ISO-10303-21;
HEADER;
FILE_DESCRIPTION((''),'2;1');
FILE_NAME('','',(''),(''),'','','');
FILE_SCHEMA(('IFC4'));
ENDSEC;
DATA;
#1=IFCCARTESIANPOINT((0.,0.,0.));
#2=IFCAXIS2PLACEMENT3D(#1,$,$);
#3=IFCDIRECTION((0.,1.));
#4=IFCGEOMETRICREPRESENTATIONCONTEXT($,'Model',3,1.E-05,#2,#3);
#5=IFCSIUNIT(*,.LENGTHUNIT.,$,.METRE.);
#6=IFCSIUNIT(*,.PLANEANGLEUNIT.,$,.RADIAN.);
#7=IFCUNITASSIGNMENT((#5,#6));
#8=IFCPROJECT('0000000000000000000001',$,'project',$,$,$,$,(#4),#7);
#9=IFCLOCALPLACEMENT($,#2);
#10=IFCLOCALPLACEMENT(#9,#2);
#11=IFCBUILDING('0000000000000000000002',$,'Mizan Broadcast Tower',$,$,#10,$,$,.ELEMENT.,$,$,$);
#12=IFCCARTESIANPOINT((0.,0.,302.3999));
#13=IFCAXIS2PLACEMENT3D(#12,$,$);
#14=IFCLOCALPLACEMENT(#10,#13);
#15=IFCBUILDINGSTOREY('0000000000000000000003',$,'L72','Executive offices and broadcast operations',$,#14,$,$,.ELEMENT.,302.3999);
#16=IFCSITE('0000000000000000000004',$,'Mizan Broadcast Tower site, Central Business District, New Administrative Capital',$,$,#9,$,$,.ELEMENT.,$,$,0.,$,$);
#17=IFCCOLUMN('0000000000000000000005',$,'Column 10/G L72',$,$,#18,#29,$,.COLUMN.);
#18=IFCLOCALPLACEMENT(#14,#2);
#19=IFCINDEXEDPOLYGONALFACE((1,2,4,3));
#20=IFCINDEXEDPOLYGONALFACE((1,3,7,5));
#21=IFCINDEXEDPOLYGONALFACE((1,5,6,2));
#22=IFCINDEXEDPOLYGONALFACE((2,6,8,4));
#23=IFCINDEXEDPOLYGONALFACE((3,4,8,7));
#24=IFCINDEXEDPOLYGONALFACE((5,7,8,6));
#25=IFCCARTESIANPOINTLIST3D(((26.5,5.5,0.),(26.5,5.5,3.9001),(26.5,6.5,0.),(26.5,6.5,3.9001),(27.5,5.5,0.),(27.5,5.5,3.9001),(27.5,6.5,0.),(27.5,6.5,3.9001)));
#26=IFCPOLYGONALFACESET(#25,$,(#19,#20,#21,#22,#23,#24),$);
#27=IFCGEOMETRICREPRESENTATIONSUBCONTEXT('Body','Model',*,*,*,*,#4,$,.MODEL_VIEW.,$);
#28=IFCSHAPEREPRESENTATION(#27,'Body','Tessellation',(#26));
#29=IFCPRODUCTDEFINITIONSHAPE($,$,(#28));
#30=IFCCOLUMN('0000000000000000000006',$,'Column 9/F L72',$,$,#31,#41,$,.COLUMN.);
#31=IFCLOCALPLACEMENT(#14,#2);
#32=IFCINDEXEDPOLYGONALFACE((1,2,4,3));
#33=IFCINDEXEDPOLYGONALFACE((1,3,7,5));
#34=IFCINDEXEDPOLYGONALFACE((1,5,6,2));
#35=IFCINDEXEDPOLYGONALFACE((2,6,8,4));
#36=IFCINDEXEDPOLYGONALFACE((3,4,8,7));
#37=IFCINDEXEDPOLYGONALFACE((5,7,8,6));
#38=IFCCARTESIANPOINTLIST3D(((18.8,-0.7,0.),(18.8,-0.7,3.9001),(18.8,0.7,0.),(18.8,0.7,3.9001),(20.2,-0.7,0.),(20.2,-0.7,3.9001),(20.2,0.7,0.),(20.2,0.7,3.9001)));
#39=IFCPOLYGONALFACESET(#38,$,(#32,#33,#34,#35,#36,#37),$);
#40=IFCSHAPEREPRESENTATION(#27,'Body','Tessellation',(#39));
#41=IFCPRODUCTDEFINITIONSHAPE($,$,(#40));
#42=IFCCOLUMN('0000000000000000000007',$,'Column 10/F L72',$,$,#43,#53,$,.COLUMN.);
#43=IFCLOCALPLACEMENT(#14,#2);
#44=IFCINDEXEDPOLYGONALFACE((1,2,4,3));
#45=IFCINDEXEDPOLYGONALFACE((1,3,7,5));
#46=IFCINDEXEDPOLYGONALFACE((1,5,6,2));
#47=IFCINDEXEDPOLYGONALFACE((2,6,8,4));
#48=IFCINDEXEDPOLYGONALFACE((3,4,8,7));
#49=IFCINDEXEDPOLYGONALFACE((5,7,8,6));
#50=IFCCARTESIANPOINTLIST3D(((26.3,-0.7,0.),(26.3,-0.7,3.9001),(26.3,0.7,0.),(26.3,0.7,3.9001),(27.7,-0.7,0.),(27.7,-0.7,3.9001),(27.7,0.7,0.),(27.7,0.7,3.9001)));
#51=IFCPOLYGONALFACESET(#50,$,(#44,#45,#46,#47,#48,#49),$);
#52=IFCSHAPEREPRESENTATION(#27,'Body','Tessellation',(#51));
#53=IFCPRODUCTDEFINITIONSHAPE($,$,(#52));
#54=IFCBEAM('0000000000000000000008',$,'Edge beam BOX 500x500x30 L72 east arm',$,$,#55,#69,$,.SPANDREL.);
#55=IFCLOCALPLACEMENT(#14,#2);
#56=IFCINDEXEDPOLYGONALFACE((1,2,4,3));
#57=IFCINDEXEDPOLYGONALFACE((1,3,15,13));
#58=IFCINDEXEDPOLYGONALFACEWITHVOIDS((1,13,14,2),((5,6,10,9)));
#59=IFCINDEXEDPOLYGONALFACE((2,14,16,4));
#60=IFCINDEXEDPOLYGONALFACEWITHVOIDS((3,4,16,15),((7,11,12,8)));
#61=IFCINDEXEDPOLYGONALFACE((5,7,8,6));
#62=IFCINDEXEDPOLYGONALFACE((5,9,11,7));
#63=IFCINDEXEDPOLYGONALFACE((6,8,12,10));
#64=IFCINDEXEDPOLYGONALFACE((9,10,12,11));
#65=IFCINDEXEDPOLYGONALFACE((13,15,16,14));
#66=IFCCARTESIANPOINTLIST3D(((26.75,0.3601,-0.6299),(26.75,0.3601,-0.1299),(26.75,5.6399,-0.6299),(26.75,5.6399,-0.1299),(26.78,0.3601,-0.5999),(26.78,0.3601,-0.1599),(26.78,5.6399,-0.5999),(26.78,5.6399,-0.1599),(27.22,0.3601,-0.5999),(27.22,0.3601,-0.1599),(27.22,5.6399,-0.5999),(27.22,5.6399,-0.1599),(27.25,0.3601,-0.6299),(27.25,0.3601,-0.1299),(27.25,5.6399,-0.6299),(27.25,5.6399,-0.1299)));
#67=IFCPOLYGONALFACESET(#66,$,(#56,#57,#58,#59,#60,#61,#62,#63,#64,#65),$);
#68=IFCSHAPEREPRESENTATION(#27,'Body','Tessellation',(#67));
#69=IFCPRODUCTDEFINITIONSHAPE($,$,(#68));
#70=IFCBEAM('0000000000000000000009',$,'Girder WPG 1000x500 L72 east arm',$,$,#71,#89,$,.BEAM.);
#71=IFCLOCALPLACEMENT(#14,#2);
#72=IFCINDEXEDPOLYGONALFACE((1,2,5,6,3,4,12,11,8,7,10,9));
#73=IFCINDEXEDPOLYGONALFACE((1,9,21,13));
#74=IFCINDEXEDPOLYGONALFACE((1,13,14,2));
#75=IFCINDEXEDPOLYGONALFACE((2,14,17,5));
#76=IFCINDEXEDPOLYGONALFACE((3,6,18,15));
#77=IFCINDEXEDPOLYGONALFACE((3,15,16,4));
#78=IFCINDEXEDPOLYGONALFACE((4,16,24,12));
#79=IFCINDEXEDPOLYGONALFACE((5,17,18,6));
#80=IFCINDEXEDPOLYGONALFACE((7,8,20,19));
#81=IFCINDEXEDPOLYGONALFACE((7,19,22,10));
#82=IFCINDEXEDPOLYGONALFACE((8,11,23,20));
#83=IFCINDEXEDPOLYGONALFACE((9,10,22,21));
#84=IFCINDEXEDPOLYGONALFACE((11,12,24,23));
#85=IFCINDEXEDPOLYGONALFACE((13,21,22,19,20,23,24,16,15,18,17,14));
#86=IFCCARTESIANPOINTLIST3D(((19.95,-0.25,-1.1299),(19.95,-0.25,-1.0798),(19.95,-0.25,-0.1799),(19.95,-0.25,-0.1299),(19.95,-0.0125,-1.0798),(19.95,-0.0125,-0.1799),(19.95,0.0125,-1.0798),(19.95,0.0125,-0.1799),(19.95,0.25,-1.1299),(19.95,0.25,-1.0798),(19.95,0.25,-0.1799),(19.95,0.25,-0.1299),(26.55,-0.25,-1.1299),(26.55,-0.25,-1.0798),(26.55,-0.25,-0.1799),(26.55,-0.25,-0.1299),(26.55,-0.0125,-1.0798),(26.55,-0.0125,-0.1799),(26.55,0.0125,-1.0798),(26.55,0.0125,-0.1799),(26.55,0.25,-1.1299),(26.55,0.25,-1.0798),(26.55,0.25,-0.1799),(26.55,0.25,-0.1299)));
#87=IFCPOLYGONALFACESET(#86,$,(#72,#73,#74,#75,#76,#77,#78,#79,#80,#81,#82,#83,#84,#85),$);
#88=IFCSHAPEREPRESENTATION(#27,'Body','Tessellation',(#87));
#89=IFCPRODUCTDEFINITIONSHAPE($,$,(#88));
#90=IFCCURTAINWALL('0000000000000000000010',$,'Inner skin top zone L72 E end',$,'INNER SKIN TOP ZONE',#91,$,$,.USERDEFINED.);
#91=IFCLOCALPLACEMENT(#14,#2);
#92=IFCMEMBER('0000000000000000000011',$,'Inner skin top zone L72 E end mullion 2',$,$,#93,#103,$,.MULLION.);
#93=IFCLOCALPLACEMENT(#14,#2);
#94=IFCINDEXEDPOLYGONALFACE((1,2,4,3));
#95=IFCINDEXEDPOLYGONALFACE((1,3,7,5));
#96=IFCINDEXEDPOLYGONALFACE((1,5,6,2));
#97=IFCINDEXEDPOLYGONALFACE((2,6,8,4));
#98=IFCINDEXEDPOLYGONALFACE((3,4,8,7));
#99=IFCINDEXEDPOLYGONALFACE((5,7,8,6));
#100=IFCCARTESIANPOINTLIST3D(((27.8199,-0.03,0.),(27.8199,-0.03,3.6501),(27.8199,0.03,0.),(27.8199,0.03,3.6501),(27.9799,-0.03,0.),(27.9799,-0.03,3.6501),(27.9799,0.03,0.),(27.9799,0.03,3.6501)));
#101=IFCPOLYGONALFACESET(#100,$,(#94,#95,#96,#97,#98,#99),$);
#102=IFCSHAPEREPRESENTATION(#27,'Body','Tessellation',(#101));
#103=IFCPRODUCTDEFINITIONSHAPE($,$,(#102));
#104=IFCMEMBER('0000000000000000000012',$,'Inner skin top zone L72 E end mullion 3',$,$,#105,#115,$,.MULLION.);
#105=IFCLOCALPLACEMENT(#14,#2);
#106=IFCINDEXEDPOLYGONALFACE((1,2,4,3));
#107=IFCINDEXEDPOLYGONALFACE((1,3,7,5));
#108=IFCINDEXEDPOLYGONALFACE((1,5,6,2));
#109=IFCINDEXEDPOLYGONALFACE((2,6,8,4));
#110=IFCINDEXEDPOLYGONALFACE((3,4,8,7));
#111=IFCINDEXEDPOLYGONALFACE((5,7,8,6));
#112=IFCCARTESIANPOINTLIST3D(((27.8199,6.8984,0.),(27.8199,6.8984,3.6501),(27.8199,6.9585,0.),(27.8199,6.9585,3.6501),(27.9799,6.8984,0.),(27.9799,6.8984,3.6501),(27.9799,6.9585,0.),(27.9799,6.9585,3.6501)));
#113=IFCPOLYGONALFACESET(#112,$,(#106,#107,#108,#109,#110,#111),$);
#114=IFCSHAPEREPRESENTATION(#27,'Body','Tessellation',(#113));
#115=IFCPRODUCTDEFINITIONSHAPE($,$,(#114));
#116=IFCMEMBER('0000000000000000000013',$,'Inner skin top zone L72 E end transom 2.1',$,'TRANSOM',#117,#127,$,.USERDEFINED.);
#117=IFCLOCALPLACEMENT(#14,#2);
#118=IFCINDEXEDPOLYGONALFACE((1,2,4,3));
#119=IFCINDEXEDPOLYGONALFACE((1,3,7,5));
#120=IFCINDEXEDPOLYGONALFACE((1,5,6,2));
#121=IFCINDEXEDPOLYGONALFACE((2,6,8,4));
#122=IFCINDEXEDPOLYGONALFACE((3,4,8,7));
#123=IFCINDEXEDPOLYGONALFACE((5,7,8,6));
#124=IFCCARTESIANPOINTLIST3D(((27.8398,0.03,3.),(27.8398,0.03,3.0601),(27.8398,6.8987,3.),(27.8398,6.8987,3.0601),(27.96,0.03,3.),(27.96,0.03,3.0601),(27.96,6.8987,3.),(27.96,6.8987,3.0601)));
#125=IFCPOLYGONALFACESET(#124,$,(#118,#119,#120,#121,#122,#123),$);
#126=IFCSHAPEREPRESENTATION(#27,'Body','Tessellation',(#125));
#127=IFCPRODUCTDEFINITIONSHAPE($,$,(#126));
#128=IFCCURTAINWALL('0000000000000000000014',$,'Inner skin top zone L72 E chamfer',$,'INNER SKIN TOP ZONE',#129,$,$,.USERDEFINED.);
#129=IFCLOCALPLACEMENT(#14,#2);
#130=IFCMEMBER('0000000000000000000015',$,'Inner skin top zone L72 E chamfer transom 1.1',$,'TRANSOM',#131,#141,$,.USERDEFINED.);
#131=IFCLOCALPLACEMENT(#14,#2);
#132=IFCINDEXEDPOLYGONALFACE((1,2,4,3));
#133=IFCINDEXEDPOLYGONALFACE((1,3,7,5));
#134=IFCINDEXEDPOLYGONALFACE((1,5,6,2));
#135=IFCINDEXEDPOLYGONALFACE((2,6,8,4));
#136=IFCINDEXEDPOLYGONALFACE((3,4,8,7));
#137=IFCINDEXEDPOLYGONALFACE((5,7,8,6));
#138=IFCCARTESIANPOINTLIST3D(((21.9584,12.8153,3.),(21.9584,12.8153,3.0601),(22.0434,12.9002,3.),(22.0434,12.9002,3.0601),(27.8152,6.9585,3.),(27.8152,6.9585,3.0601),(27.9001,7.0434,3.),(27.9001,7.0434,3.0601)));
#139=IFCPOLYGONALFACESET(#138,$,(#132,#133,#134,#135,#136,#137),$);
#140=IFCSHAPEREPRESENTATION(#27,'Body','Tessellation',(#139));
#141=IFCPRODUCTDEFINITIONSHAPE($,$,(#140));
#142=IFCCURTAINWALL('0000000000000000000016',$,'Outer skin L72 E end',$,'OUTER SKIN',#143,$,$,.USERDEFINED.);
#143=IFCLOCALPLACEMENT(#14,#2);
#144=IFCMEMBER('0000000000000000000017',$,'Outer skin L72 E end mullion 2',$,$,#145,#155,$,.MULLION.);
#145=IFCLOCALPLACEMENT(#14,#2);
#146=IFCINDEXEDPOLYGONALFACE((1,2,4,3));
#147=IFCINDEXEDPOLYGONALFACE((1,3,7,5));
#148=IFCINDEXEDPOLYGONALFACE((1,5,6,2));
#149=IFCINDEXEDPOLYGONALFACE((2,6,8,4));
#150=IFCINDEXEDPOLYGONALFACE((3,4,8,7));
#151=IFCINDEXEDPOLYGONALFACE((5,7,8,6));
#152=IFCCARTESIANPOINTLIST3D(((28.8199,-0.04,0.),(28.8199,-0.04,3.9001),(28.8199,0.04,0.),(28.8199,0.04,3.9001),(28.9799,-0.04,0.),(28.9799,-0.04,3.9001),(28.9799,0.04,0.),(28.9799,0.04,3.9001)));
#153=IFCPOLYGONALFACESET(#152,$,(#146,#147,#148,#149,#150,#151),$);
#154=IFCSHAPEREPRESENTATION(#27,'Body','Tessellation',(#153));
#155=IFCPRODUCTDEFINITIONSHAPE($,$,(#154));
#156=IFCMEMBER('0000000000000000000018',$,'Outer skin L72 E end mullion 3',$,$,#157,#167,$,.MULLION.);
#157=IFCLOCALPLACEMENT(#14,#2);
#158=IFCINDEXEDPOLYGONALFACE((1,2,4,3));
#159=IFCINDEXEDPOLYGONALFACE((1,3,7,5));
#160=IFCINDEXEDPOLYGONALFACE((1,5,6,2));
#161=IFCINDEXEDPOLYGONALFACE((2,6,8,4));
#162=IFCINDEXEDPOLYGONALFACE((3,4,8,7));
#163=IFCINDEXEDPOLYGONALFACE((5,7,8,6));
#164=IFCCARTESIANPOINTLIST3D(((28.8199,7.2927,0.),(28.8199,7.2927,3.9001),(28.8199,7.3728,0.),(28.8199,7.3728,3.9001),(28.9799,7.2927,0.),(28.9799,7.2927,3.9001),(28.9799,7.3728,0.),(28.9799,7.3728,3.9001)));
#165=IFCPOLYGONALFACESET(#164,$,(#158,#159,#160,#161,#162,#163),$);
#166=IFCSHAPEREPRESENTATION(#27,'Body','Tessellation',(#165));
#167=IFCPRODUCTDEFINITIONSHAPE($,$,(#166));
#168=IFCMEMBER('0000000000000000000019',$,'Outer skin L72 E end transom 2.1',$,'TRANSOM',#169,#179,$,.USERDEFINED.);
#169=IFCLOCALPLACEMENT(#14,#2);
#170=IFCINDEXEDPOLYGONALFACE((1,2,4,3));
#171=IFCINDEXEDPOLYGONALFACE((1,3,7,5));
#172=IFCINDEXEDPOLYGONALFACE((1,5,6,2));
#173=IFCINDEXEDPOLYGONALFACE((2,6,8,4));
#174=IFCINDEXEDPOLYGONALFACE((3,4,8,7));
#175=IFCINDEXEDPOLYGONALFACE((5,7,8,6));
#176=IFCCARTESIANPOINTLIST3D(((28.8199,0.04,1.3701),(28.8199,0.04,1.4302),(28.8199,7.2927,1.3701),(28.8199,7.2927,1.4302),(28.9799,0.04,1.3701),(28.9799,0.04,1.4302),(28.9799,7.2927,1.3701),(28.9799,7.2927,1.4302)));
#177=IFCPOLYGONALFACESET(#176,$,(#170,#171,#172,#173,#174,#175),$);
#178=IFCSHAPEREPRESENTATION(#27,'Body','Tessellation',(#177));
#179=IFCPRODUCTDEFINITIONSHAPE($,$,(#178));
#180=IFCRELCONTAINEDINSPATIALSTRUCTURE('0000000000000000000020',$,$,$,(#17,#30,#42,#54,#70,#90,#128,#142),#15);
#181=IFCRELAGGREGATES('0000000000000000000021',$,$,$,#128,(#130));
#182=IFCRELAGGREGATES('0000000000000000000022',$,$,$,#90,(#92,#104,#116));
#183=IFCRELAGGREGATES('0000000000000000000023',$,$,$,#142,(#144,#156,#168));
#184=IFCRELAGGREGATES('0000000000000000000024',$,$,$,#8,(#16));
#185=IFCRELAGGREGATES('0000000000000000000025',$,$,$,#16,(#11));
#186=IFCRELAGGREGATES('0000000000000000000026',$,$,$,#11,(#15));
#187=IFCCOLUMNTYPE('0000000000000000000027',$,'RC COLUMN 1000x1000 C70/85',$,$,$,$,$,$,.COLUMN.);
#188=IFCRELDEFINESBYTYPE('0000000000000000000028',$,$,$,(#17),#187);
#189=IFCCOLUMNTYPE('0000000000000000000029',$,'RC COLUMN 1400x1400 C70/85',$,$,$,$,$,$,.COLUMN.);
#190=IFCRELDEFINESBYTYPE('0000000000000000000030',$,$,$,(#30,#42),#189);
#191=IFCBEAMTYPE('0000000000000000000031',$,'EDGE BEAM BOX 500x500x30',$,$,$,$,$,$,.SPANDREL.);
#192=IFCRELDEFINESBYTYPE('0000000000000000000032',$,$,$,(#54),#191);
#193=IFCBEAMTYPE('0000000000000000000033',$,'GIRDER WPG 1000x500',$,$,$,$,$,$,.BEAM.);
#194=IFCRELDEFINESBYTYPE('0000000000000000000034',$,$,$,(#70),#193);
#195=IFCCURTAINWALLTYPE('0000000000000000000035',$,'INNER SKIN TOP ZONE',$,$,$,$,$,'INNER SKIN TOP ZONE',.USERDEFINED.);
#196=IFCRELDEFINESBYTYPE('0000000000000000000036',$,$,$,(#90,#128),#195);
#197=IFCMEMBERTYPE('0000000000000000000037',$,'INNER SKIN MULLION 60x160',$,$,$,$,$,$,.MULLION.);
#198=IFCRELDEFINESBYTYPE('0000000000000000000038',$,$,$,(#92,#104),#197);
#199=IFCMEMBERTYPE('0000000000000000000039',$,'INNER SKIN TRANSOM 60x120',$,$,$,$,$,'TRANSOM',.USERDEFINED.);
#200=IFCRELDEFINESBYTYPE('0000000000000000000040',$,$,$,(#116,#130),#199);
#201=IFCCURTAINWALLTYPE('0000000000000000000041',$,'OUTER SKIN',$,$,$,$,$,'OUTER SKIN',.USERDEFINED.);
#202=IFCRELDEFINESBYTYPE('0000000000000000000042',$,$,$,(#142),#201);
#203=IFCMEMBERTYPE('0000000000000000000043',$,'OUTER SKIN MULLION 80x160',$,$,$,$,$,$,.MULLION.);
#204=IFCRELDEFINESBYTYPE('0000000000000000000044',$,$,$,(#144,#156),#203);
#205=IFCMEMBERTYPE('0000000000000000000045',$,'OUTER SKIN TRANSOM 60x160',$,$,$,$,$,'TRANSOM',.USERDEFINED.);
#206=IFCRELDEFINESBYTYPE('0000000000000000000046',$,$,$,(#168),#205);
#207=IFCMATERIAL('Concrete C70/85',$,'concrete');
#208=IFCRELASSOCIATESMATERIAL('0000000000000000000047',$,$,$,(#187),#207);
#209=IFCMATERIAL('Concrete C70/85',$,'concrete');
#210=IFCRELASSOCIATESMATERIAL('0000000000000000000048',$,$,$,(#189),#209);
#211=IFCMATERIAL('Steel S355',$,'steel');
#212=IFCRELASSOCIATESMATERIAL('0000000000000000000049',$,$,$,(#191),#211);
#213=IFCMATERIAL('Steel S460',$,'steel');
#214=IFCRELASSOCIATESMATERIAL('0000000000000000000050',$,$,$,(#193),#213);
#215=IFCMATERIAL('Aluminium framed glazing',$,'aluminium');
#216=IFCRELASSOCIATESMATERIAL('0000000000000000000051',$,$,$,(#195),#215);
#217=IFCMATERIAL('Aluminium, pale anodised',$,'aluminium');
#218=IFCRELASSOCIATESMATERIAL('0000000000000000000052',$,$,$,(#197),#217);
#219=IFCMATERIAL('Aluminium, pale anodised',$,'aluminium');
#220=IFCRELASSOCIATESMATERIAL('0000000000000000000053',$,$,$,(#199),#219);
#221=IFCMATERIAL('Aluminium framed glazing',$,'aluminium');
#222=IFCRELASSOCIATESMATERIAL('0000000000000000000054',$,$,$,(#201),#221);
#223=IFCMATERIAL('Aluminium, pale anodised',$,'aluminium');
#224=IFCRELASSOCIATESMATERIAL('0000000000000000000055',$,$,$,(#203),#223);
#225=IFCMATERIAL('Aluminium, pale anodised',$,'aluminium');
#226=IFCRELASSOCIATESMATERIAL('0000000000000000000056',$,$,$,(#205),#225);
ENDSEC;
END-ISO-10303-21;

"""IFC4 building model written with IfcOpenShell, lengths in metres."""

from ifc_helpers import new_model, si_unit, direction, frame, origin, origin_2d, place, context, subcontext, project, spatial, rectangle, hollow_rectangle, i_section, extrude, material, material_profile, profile_set, type_object, element, aggregate, save


model = new_model("IFC4")

# Units and contexts
model_context = context("Model", 3, precision=1e-05, world=origin(), true_north=direction((0.0, 1.0)))
body_context = subcontext(model_context, "Body", "Model", "MODEL_VIEW")
ifc_project = project(units=[si_unit("LENGTHUNIT", "METRE"), si_unit("PLANEANGLEUNIT", "RADIAN")], contexts=[model_context])

# Site, building, storey
site_placement = place(None, origin())
site = spatial("IfcSite", under=ifc_project, at=site_placement, Name="Mizan Broadcast Tower site, Central Business District, New Administrative Capital", CompositionType="ELEMENT", RefElevation=0.0)
building_placement = place(site_placement, origin())
building = spatial("IfcBuilding", under=site, at=building_placement, Name="Mizan Broadcast Tower", CompositionType="ELEMENT")
storey_placement = place(building_placement, frame((0.0, 0.0, 302.3999)))
storey = spatial("IfcBuildingStorey", under=building, at=storey_placement, Name="L72", Description="Executive offices and broadcast operations", CompositionType="ELEMENT", Elevation=302.3999)

# Columns
ifc_material_1 = material(Name="Concrete C70/85", Category="concrete")
ifc_material_profile_1 = material_profile(ifc_material_1, rectangle(XDim=1.0, YDim=1.0, at=origin_2d()), Name="RC 1000x1000")
ifc_profile_set_1 = profile_set([ifc_material_profile_1], Name="Concrete C70/85")
column_type_1 = type_object("IfcColumnType", Name="RC COLUMN 1000x1000 C70/85", PredefinedType="COLUMN", material=ifc_profile_set_1)
column_placement = place(storey_placement, frame((27.0, 6.0, 0.0), z_axis=(0.0, 0.0, 1.0), x_axis=(1.0, 0.0, 0.0)))
element("IfcColumn", 1, at=column_placement, inside=storey, type_object=column_type_1, Name="Column 10/G L72", PredefinedType="COLUMN", context=body_context, shape_type="SweptSolid", body=[
    extrude(rectangle(XDim=1.0, YDim=1.0, at=origin_2d()), origin(), (0.0, 0.0, 1.0), 3.9001),
])
ifc_material_2 = material(Name="Concrete C70/85", Category="concrete")
ifc_material_profile_2 = material_profile(ifc_material_2, rectangle(XDim=1.3999, YDim=1.3999, at=origin_2d()), Name="RC 1400x1400")
ifc_profile_set_2 = profile_set([ifc_material_profile_2], Name="Concrete C70/85")
column_type_2 = type_object("IfcColumnType", Name="RC COLUMN 1400x1400 C70/85", PredefinedType="COLUMN", material=ifc_profile_set_2)
for number, where, z_axis, x_axis, name in (
    (2, (19.5, 0.0, 0.0), (0.0, 0.0, 1.0), (1.0, 0.0, 0.0), "Column 9/F L72"),
    (3, (27.0, 0.0, 0.0), (0.0, 0.0, 1.0), (1.0, 0.0, 0.0), "Column 10/F L72"),
):
    element("IfcColumn", number, at=place(storey_placement, frame(where, z_axis=z_axis, x_axis=x_axis)), inside=storey, type_object=column_type_2, Name=name, PredefinedType="COLUMN", context=body_context, shape_type="SweptSolid", body=[
        extrude(rectangle(XDim=1.3999, YDim=1.3999, at=origin_2d()), origin(), (0.0, 0.0, 1.0), 3.9001),
    ])

# Beams
ifc_material_3 = material(Name="Steel S355", Category="steel")
ifc_material_profile_3 = material_profile(ifc_material_3, hollow_rectangle(XDim=0.5, YDim=0.5, WallThickness=0.03, at=origin_2d()), Name="BOX 500x500x30")
ifc_profile_set_3 = profile_set([ifc_material_profile_3], Name="Steel S355")
beam_type_1 = type_object("IfcBeamType", Name="EDGE BEAM BOX 500x500x30", PredefinedType="SPANDREL", material=ifc_profile_set_3)
beam_1_placement = place(storey_placement, frame((27.0, 5.6399, -0.3799), z_axis=(0.0, -1.0, 0.0), x_axis=(1.0, 0.0, 0.0)))
element("IfcBeam", 4, at=beam_1_placement, inside=storey, type_object=beam_type_1, Name="Edge beam BOX 500x500x30 L72 east arm", PredefinedType="SPANDREL", context=body_context, shape_type="SweptSolid", body=[
    extrude(hollow_rectangle(XDim=0.5, YDim=0.5, WallThickness=0.03, at=origin_2d()), origin(), (0.0, 0.0, 1.0), 5.2798),
])
ifc_material_4 = material(Name="Steel S460", Category="steel")
ifc_material_profile_4 = material_profile(ifc_material_4, i_section(OverallWidth=0.5, OverallDepth=1.0, WebThickness=0.0249, FlangeThickness=0.05, at=origin_2d()), Name="WPG 1000x500")
ifc_profile_set_4 = profile_set([ifc_material_profile_4], Name="Steel S460")
beam_type_2 = type_object("IfcBeamType", Name="GIRDER WPG 1000x500", PredefinedType="BEAM", material=ifc_profile_set_4)
beam_2_placement = place(storey_placement, frame((19.95, 0.0, -0.6299), z_axis=(1.0, 0.0, 0.0), x_axis=(0.0, 1.0, 0.0)))
element("IfcBeam", 5, at=beam_2_placement, inside=storey, type_object=beam_type_2, Name="Girder WPG 1000x500 L72 east arm", PredefinedType="BEAM", context=body_context, shape_type="SweptSolid", body=[
    extrude(i_section(OverallWidth=0.5, OverallDepth=1.0, WebThickness=0.0249, FlangeThickness=0.05, at=origin_2d()), origin(), (0.0, 0.0, 1.0), 6.6001),
])

# Curtain wall, members
ifc_material_5 = material(Name="Aluminium framed glazing", Category="aluminium")
curtain_wall_type_1 = type_object("IfcCurtainWallType", Name="INNER SKIN TOP ZONE", ElementType="INNER SKIN TOP ZONE", PredefinedType="USERDEFINED", material=ifc_material_5)
curtain_wall_1_placement = place(storey_placement, origin())
curtain_wall_1 = element("IfcCurtainWall", 6, at=curtain_wall_1_placement, inside=storey, type_object=curtain_wall_type_1, Name="Inner skin top zone L72 E end", ObjectType="INNER SKIN TOP ZONE", PredefinedType="USERDEFINED")
ifc_material_6 = material(Name="Aluminium, pale anodised", Category="aluminium")
ifc_material_profile_5 = material_profile(ifc_material_6, rectangle(XDim=0.1599, YDim=0.0601, at=origin_2d()), Name="MULLION 160x60")
ifc_profile_set_5 = profile_set([ifc_material_profile_5], Name="Aluminium, pale anodised")
member_type_1 = type_object("IfcMemberType", Name="INNER SKIN MULLION 60x160", PredefinedType="MULLION", material=ifc_profile_set_5)
member_1_placement = place(storey_placement, frame((27.8999, 0.0, 0.0), z_axis=(0.0, 0.0, 1.0), x_axis=(-1.0, 0.0, 0.0)))
member_1 = element("IfcMember", 7, at=member_1_placement, type_object=member_type_1, Name="Inner skin top zone L72 E end mullion 2", PredefinedType="MULLION", context=body_context, shape_type="SweptSolid", body=[
    extrude(rectangle(XDim=0.1599, YDim=0.0601, at=origin_2d()), origin(), (0.0, 0.0, 1.0), 3.6501),
])
member_2_placement = place(storey_placement, frame((27.8999, 6.9285, 0.0), z_axis=(0.0, 0.0, 1.0), x_axis=(-1.0, 0.0, 0.0)))
member_2 = element("IfcMember", 8, at=member_2_placement, type_object=member_type_1, Name="Inner skin top zone L72 E end mullion 3", PredefinedType="MULLION", context=body_context, shape_type="SweptSolid", body=[
    extrude(rectangle(XDim=0.1599, YDim=0.0601, at=origin_2d()), origin(), (0.0, 0.0, 1.0), 3.6501),
])
ifc_material_7 = material(Name="Aluminium, pale anodised", Category="aluminium")
ifc_material_profile_6 = material_profile(ifc_material_7, rectangle(XDim=0.1201, YDim=0.0601, at=origin_2d()), Name="TRANSOM 120x60")
ifc_profile_set_6 = profile_set([ifc_material_profile_6], Name="Aluminium, pale anodised")
member_type_2 = type_object("IfcMemberType", Name="INNER SKIN TRANSOM 60x120", ElementType="TRANSOM", PredefinedType="USERDEFINED", material=ifc_profile_set_6)
member_3_placement = place(storey_placement, frame((27.8999, 0.03, 3.03), z_axis=(0.0, 1.0, 0.0), x_axis=(-1.0, 0.0, 0.0)))
member_3 = element("IfcMember", 9, at=member_3_placement, type_object=member_type_2, Name="Inner skin top zone L72 E end transom 2.1", ObjectType="TRANSOM", PredefinedType="USERDEFINED", context=body_context, shape_type="SweptSolid", body=[
    extrude(rectangle(XDim=0.1201, YDim=0.0601, at=origin_2d()), origin(), (0.0, 0.0, 1.0), 6.8687),
])

# Curtain wall, member
curtain_wall_2_placement = place(storey_placement, origin())
curtain_wall_2 = element("IfcCurtainWall", 10, at=curtain_wall_2_placement, inside=storey, type_object=curtain_wall_type_1, Name="Inner skin top zone L72 E chamfer", ObjectType="INNER SKIN TOP ZONE", PredefinedType="USERDEFINED")
member_4_placement = place(storey_placement, frame((27.8577, 7.001, 3.03), z_axis=(-0.707107, 0.707107, 0.0), x_axis=(-0.707107, -0.707107, 0.0)))
member_4 = element("IfcMember", 11, at=member_4_placement, type_object=member_type_2, Name="Inner skin top zone L72 E chamfer transom 1.1", ObjectType="TRANSOM", PredefinedType="USERDEFINED", context=body_context, shape_type="SweptSolid", body=[
    extrude(rectangle(XDim=0.1201, YDim=0.0601, at=origin_2d()), origin(), (0.0, 0.0, 1.0), 8.2827),
])
aggregate(curtain_wall_2, [member_4])

# Curtain wall, members
ifc_material_8 = material(Name="Aluminium framed glazing", Category="aluminium")
curtain_wall_type_2 = type_object("IfcCurtainWallType", Name="OUTER SKIN", ElementType="OUTER SKIN", PredefinedType="USERDEFINED", material=ifc_material_8)
curtain_wall_3_placement = place(storey_placement, origin())
curtain_wall_3 = element("IfcCurtainWall", 12, at=curtain_wall_3_placement, inside=storey, type_object=curtain_wall_type_2, Name="Outer skin L72 E end", ObjectType="OUTER SKIN", PredefinedType="USERDEFINED")
ifc_material_9 = material(Name="Aluminium, pale anodised", Category="aluminium")
ifc_material_profile_7 = material_profile(ifc_material_9, rectangle(XDim=0.1599, YDim=0.0801, at=origin_2d()), Name="MULLION 160x80")
ifc_profile_set_7 = profile_set([ifc_material_profile_7], Name="Aluminium, pale anodised")
member_type_3 = type_object("IfcMemberType", Name="OUTER SKIN MULLION 80x160", PredefinedType="MULLION", material=ifc_profile_set_7)
member_5_placement = place(storey_placement, frame((28.8999, 0.0, 0.0), z_axis=(0.0, 0.0, 1.0), x_axis=(-1.0, 0.0, 0.0)))
member_5 = element("IfcMember", 13, at=member_5_placement, type_object=member_type_3, Name="Outer skin L72 E end mullion 2", PredefinedType="MULLION", context=body_context, shape_type="SweptSolid", body=[
    extrude(rectangle(XDim=0.1599, YDim=0.0801, at=origin_2d()), origin(), (0.0, 0.0, 1.0), 3.9001),
])
member_6_placement = place(storey_placement, frame((28.8999, 7.3328, 0.0), z_axis=(0.0, 0.0, 1.0), x_axis=(-1.0, 0.0, 0.0)))
member_6 = element("IfcMember", 14, at=member_6_placement, type_object=member_type_3, Name="Outer skin L72 E end mullion 3", PredefinedType="MULLION", context=body_context, shape_type="SweptSolid", body=[
    extrude(rectangle(XDim=0.1599, YDim=0.0801, at=origin_2d()), origin(), (0.0, 0.0, 1.0), 3.9001),
])
ifc_material_10 = material(Name="Aluminium, pale anodised", Category="aluminium")
ifc_material_profile_8 = material_profile(ifc_material_10, rectangle(XDim=0.1599, YDim=0.0601, at=origin_2d()), Name="TRANSOM 160x60")
ifc_profile_set_8 = profile_set([ifc_material_profile_8], Name="Aluminium, pale anodised")
member_type_4 = type_object("IfcMemberType", Name="OUTER SKIN TRANSOM 60x160", ElementType="TRANSOM", PredefinedType="USERDEFINED", material=ifc_profile_set_8)
member_7_placement = place(storey_placement, frame((28.8999, 0.04, 1.4001), z_axis=(0.0, 1.0, 0.0), x_axis=(-1.0, 0.0, 0.0)))
member_7 = element("IfcMember", 15, at=member_7_placement, type_object=member_type_4, Name="Outer skin L72 E end transom 2.1", ObjectType="TRANSOM", PredefinedType="USERDEFINED", context=body_context, shape_type="SweptSolid", body=[
    extrude(rectangle(XDim=0.1599, YDim=0.0601, at=origin_2d()), origin(), (0.0, 0.0, 1.0), 7.2527),
])

aggregate(curtain_wall_1, [member_1, member_2, member_3])
aggregate(curtain_wall_3, [member_5, member_6, member_7])

save(model, "model.ifc")
